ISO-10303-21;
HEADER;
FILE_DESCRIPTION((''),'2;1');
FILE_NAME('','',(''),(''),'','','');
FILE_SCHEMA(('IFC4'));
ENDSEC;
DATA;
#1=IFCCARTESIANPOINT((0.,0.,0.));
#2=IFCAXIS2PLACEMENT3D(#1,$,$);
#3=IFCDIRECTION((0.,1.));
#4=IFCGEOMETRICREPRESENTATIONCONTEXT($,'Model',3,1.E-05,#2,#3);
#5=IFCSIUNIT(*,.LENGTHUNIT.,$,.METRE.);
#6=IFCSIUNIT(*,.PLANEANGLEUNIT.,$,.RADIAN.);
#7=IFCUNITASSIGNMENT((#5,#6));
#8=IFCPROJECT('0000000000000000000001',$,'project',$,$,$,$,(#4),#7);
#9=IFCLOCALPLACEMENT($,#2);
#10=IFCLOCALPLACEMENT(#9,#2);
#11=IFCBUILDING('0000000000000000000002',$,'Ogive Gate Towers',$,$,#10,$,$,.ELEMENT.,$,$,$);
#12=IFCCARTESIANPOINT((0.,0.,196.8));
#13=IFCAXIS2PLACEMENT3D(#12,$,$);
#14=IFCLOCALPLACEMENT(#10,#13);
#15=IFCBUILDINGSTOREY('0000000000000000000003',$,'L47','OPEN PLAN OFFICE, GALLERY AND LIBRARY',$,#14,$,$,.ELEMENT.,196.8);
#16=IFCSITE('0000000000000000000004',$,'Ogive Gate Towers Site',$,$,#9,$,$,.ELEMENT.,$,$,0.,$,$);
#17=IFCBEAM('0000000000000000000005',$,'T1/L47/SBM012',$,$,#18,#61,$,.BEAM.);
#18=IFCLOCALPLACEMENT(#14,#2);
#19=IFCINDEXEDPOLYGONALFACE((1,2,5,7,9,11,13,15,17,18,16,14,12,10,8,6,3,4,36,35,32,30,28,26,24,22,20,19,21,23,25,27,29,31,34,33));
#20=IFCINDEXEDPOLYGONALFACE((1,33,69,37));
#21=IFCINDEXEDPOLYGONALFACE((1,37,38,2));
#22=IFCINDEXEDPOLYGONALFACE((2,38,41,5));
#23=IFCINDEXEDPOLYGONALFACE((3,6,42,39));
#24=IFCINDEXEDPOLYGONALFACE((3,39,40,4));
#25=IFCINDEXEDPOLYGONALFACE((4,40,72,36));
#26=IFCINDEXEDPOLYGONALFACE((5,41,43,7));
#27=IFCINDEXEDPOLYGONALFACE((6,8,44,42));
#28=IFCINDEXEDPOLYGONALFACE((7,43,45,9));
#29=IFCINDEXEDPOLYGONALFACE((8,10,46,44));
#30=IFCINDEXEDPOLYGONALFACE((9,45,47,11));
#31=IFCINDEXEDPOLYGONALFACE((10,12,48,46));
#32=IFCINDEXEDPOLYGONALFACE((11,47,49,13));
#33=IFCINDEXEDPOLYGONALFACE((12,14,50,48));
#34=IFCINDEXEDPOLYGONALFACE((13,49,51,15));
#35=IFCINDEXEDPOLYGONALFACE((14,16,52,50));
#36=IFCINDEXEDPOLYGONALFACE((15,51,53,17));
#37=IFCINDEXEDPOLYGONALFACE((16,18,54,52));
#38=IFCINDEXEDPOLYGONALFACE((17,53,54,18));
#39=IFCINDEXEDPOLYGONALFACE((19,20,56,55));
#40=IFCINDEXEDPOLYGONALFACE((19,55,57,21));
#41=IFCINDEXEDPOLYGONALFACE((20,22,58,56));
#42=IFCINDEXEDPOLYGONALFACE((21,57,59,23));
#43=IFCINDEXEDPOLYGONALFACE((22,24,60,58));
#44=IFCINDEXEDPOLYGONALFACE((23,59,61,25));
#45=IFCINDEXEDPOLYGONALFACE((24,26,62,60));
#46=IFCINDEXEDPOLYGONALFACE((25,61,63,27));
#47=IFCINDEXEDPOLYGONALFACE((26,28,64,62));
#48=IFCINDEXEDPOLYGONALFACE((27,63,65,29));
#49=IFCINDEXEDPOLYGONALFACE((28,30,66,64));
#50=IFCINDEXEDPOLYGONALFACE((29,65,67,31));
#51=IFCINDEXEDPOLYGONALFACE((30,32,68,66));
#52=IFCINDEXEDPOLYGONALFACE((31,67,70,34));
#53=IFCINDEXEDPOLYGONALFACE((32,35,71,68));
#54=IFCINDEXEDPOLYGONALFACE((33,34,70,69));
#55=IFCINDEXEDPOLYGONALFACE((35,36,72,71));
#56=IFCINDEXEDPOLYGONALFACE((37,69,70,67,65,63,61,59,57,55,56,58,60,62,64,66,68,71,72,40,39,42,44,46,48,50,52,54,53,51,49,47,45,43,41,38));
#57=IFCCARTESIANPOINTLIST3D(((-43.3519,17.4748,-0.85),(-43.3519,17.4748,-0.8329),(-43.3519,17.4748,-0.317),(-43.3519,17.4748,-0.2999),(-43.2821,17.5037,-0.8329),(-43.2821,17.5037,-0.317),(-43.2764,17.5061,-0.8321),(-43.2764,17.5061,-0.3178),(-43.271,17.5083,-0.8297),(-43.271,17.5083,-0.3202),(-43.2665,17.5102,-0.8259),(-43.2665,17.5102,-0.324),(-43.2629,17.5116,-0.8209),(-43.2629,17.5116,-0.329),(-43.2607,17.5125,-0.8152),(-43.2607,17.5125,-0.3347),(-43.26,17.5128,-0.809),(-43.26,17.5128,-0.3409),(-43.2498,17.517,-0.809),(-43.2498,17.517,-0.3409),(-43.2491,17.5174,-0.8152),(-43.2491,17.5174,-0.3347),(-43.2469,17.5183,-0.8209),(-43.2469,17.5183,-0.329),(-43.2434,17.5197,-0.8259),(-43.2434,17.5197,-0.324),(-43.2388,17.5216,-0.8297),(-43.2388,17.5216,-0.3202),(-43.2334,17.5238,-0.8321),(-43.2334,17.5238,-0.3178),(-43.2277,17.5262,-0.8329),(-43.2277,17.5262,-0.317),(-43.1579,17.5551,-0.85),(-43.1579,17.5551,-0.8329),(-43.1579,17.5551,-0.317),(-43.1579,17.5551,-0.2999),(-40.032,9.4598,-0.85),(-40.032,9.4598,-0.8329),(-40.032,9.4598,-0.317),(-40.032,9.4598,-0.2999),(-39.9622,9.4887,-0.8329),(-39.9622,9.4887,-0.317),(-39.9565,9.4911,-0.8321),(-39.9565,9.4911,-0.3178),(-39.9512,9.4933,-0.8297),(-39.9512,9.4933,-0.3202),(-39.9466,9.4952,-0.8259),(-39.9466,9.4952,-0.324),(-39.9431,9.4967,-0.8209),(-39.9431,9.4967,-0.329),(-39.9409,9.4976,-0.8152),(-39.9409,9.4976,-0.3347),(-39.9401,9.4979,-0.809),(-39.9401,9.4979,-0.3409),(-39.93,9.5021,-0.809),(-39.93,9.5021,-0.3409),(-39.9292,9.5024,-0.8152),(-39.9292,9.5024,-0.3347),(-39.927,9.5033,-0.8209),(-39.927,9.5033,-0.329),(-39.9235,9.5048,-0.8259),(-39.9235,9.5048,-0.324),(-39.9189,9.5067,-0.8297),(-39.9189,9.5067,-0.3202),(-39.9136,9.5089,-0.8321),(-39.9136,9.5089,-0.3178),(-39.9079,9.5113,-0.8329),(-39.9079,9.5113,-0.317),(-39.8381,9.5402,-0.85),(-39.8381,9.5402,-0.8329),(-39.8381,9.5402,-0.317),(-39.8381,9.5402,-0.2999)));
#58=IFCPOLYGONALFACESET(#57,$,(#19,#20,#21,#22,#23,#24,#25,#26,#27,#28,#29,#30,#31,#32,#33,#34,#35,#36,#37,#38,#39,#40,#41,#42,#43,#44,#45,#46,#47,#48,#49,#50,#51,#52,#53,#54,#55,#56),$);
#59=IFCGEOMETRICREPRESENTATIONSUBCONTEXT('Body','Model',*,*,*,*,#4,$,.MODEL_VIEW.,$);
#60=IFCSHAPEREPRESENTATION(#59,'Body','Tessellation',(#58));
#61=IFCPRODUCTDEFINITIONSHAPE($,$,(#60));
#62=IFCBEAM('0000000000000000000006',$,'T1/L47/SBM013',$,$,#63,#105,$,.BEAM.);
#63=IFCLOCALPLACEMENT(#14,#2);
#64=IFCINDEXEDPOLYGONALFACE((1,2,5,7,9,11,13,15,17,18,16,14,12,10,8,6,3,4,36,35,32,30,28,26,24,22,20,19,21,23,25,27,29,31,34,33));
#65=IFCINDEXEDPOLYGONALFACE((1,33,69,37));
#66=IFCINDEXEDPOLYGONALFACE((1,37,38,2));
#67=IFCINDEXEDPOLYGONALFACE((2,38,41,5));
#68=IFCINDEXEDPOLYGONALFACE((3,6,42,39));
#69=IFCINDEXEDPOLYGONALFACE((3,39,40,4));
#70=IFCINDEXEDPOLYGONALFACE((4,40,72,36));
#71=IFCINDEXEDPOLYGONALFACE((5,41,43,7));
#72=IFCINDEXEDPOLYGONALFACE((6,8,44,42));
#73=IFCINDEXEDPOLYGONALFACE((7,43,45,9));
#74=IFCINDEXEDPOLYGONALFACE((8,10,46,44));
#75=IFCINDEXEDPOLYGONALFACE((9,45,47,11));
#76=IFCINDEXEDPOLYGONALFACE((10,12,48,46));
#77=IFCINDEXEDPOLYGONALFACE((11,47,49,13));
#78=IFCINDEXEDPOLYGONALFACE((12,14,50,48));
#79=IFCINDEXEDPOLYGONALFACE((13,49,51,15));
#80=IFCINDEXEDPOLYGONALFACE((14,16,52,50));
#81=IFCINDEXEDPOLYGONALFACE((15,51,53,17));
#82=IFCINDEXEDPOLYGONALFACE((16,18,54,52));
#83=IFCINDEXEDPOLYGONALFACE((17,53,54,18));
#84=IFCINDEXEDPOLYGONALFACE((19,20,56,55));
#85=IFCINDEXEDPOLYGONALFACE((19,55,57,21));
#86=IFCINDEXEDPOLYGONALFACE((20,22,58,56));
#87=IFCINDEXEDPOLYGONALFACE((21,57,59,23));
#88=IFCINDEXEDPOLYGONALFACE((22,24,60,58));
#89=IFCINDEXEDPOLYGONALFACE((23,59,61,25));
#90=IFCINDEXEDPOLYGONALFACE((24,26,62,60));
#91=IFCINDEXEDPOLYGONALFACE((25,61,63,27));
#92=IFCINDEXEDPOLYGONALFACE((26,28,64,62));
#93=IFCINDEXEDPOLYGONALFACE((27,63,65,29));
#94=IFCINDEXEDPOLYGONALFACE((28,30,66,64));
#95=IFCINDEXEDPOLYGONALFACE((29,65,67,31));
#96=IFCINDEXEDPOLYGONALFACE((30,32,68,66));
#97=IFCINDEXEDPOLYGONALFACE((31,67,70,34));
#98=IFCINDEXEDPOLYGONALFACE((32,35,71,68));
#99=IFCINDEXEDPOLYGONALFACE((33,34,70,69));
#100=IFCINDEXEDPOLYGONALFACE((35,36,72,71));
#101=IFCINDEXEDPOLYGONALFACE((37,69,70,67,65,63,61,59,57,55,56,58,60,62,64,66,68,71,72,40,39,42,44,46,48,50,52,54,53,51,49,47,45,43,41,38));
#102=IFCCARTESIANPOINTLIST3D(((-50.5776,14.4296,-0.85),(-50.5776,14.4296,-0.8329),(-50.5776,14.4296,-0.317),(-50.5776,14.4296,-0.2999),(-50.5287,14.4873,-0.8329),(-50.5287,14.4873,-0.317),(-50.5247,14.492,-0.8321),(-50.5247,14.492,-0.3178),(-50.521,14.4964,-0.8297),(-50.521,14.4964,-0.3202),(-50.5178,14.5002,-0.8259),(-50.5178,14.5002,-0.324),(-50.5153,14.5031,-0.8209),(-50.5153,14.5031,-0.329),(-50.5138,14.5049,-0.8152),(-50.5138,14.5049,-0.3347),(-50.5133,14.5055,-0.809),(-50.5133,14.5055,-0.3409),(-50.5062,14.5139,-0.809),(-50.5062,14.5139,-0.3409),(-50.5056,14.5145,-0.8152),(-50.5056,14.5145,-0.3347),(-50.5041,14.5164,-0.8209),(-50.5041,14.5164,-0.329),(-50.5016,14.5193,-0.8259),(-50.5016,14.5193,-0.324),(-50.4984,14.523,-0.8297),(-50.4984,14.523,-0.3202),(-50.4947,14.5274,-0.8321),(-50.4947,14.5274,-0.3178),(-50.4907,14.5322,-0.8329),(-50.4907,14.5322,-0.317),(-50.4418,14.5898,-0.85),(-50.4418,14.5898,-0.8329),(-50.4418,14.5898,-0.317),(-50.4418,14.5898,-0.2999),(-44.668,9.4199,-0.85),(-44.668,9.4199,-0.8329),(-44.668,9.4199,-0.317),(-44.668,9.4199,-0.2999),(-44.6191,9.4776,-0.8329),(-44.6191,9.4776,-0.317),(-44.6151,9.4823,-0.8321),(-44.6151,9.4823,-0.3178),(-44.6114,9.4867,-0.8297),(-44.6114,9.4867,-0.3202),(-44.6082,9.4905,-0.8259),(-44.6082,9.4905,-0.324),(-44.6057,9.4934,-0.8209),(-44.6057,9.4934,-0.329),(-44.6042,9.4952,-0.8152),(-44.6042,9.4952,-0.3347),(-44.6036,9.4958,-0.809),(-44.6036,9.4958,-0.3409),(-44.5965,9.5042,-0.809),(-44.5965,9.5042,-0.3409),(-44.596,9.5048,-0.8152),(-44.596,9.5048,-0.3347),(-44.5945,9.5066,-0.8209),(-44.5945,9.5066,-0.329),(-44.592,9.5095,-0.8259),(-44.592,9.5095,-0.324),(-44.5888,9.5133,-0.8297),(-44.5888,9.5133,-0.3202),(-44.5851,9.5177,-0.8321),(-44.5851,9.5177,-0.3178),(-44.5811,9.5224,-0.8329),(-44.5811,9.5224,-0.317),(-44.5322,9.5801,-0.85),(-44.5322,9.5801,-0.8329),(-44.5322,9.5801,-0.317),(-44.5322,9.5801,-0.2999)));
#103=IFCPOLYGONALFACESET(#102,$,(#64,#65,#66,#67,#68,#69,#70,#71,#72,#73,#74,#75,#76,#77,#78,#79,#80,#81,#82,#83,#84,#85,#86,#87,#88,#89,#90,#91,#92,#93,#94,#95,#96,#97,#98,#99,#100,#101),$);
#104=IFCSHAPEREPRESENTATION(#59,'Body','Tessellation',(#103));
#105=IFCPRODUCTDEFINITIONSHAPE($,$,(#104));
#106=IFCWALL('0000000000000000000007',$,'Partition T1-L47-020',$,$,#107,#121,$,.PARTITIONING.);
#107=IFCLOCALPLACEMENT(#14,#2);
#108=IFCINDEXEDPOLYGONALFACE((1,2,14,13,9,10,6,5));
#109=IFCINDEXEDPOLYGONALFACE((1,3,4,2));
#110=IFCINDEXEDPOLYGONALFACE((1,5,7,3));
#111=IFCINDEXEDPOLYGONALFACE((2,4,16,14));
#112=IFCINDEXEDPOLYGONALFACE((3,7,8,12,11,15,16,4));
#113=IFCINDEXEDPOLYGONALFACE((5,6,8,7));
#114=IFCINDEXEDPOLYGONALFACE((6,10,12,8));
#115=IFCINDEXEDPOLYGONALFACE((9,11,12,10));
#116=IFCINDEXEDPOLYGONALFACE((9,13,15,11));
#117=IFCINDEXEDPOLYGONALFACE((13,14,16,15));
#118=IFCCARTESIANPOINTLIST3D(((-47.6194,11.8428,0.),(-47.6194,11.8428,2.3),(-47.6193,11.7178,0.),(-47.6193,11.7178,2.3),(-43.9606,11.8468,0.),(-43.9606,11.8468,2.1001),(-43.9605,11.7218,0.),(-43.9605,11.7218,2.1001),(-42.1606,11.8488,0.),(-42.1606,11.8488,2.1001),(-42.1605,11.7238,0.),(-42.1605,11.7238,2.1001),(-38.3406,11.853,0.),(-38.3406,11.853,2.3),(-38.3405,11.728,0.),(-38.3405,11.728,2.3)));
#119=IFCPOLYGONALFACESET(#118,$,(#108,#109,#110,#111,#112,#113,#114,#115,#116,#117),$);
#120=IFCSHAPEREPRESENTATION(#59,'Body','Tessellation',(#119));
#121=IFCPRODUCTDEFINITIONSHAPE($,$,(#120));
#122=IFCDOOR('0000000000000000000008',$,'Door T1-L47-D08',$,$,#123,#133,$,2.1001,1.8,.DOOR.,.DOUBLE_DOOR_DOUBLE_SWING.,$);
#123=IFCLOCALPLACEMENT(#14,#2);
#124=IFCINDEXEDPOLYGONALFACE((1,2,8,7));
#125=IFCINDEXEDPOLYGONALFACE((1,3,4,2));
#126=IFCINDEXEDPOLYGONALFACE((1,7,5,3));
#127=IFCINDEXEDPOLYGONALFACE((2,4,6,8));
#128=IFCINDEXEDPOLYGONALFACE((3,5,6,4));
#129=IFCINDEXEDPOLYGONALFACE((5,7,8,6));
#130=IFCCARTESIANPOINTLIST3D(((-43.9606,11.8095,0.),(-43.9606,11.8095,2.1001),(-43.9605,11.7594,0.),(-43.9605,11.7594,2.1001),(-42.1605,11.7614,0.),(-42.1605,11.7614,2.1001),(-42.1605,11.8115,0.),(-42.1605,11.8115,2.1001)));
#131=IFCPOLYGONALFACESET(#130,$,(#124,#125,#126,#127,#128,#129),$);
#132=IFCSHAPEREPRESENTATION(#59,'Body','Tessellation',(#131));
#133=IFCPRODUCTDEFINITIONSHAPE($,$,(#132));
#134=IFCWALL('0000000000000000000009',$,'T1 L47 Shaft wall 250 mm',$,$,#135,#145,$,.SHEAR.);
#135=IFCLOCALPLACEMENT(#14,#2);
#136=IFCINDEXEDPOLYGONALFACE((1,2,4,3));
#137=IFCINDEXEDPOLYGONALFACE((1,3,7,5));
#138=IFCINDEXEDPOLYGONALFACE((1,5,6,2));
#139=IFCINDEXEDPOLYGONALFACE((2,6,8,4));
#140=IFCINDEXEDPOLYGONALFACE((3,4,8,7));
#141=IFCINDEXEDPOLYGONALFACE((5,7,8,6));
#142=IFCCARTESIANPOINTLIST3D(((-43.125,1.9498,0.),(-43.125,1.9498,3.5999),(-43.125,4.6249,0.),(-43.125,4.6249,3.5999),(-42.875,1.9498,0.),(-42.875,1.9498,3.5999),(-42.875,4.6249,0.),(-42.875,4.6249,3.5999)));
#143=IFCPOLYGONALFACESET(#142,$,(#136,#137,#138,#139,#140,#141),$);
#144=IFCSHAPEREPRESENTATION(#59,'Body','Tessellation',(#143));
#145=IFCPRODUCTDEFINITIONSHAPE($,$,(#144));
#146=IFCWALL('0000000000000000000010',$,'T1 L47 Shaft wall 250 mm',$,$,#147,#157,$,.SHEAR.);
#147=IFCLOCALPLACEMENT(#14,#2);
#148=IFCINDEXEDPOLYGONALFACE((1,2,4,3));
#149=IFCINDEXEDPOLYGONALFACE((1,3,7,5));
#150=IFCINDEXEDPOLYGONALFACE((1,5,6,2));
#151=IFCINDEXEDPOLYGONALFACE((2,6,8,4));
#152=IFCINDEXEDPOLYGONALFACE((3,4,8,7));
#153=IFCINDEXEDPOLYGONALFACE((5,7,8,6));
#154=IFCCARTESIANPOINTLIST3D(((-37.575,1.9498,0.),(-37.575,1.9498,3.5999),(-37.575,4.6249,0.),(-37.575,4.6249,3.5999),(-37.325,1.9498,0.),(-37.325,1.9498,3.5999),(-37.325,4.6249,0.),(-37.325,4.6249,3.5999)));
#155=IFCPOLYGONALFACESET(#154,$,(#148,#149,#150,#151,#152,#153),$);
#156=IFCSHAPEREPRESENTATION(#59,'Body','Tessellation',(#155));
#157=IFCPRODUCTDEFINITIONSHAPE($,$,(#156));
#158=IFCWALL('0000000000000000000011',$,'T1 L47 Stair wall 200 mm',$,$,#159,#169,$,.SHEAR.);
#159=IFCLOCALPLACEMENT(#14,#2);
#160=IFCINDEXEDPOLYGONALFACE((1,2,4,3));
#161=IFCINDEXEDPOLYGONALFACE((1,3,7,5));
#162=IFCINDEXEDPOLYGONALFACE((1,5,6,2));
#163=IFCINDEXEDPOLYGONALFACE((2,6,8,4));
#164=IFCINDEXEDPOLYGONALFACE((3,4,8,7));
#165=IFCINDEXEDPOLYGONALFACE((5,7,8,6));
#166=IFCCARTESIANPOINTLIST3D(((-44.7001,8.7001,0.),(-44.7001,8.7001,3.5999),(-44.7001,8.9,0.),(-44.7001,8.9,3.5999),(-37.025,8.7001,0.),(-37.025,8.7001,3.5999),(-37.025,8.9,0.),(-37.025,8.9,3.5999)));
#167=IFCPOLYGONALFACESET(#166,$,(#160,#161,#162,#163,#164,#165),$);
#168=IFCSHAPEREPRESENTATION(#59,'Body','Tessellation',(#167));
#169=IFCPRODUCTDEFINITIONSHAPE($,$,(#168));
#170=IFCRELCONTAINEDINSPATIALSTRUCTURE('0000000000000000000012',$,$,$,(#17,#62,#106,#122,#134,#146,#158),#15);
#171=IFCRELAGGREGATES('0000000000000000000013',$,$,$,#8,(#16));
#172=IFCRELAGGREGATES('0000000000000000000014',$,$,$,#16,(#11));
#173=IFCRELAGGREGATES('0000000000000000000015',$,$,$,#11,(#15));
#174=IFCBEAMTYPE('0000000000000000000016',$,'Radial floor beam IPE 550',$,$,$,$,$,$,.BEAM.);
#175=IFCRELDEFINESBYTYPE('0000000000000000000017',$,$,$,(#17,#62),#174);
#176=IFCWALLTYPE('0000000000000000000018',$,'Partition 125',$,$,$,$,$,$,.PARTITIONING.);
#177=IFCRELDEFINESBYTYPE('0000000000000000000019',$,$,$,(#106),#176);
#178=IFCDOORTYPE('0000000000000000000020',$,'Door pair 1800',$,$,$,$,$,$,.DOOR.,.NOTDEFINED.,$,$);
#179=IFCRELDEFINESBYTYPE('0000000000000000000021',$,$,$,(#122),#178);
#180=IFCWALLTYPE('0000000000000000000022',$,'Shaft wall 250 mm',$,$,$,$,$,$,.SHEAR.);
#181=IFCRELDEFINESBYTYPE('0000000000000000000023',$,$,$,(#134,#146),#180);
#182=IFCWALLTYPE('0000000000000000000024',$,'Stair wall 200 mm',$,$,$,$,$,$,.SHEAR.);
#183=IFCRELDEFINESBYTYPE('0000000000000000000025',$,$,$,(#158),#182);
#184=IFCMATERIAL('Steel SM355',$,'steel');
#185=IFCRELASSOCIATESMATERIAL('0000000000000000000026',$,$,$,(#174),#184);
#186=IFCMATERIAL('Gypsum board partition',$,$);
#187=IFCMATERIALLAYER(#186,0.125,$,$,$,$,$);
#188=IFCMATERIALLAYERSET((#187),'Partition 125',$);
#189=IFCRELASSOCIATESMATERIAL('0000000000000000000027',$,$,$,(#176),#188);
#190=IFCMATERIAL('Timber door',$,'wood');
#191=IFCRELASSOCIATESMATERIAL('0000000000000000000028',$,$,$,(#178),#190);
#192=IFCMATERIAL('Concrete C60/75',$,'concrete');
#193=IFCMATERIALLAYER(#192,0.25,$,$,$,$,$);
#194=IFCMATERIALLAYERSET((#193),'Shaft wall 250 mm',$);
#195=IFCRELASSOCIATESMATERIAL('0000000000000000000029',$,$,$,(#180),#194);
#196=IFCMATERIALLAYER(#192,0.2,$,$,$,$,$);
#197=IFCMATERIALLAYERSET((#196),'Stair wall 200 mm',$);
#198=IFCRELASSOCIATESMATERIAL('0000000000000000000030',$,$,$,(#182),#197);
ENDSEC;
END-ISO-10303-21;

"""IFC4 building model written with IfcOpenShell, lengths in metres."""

from ifc_helpers import new_model, si_unit, direction, frame, frame_2d, origin, origin_2d, place, context, subcontext, project, spatial, rectangle, i_section, extrude, material, layer, layer_set, material_profile, profile_set, type_object, element, fill, save


model = new_model("IFC4")

# Units and contexts
model_context = context("Model", 3, precision=1e-05, world=origin(), true_north=direction((0.0, 1.0)))
body_context = subcontext(model_context, "Body", "Model", "MODEL_VIEW")
ifc_project = project(units=[si_unit("LENGTHUNIT", "METRE"), si_unit("PLANEANGLEUNIT", "RADIAN")], contexts=[model_context])

# Site, building, storey
site_placement = place(None, origin())
site = spatial("IfcSite", under=ifc_project, at=site_placement, Name="Ogive Gate Towers Site", CompositionType="ELEMENT", RefElevation=0.0)
building_placement = place(site_placement, origin())
building = spatial("IfcBuilding", under=site, at=building_placement, Name="Ogive Gate Towers", CompositionType="ELEMENT")
storey_placement = place(building_placement, frame((0.0, 0.0, 196.8)))
storey = spatial("IfcBuildingStorey", under=building, at=storey_placement, Name="L47", Description="OPEN PLAN OFFICE, GALLERY AND LIBRARY", CompositionType="ELEMENT", Elevation=196.8)

# Beams
ifc_material_1 = material(Name="Steel SM355", Category="steel")
ifc_material_profile = material_profile(ifc_material_1, i_section(OverallWidth=0.21, OverallDepth=0.55, WebThickness=0.011, FlangeThickness=0.0171, FilletRadius=0.0239, at=origin_2d()), Name="IPE 550")
ifc_profile_set = profile_set([ifc_material_profile], Name="Steel SM355")
beam_type = type_object("IfcBeamType", Name="Radial floor beam IPE 550", PredefinedType="BEAM", material=ifc_profile_set)
beam_1_placement = place(storey_placement, frame((-39.9351, 9.5, -0.575), z_axis=(-0.382678, 0.923882, 0.0), x_axis=(-0.923882, -0.382678, 0.0)))
element("IfcBeam", 1, at=beam_1_placement, inside=storey, type_object=beam_type, Name="T1/L47/SBM012", PredefinedType="BEAM", context=body_context, shape_type="SweptSolid", body=[
    extrude(i_section(OverallWidth=0.21, OverallDepth=0.55, WebThickness=0.011, FlangeThickness=0.0171, FilletRadius=0.0239, at=origin_2d()), origin(), (0.0, 0.0, 1.0), 8.6753),
])
beam_2_placement = place(storey_placement, frame((-44.6001, 9.5, -0.575), z_axis=(-0.762795, 0.64664, 0.0), x_axis=(-0.64664, -0.762795, 0.0)))
element("IfcBeam", 2, at=beam_2_placement, inside=storey, type_object=beam_type, Name="T1/L47/SBM013", PredefinedType="BEAM", context=body_context, shape_type="SweptSolid", body=[
    extrude(i_section(OverallWidth=0.21, OverallDepth=0.55, WebThickness=0.011, FlangeThickness=0.0171, FilletRadius=0.0239, at=origin_2d()), origin(), (0.0, 0.0, 1.0), 7.7473),
])

# Wall, opening, door
ifc_material_2 = material(Name="Gypsum board partition")
ifc_layer_1 = layer(ifc_material_2, 0.125)
ifc_layer_set_1 = layer_set([ifc_layer_1], Name="Partition 125")
wall_type_1 = type_object("IfcWallType", Name="Partition 125", PredefinedType="PARTITIONING", material=ifc_layer_set_1)
wall_1_placement = place(storey_placement, frame((-38.3406, 11.7905, 0.0), z_axis=(0.0, 0.0, 1.0), x_axis=(-0.999999, -0.001105, 0.0)))
wall_1 = element("IfcWall", 3, at=wall_1_placement, inside=storey, type_object=wall_type_1, Name="Partition T1-L47-020", PredefinedType="PARTITIONING", context=body_context, shape_type="SweptSolid", body=[
    extrude(rectangle(XDim=9.2788, YDim=0.125, at=frame_2d((4.6394, 0.0))), origin(), (0.0, 0.0, 1.0), 2.3),
])
opening_placement = place(wall_1_placement, frame((3.8201, 0.0, 0.0)))
opening = element("IfcOpeningElement", 4, at=opening_placement, cuts=wall_1, PredefinedType="OPENING", context=body_context, shape_type="SweptSolid", body=[
    extrude(rectangle(XDim=1.8, YDim=2.1001, at=frame_2d((0.8999, 1.05))), frame((0.0, 0.0725, 0.0), z_axis=(0.0, -1.0, 0.0), x_axis=(1.0, 0.0, 0.0)), (0.0, 0.0, 1.0), 0.145),
])
ifc_material_3 = material(Name="Timber door", Category="wood")
door_type = type_object("IfcDoorType", Name="Door pair 1800", OperationType="NOTDEFINED", PredefinedType="DOOR", material=ifc_material_3)
door_placement = place(opening_placement, origin())
door = element("IfcDoor", 5, at=door_placement, inside=storey, type_object=door_type, Name="Door T1-L47-D08", OperationType="DOUBLE_DOOR_DOUBLE_SWING", OverallHeight=2.1001, OverallWidth=1.8, PredefinedType="DOOR", context=body_context, shape_type="SweptSolid", body=[
    extrude(rectangle(XDim=1.8, YDim=2.1001, at=frame_2d((0.8999, 1.05))), frame((0.0, 0.0249, 0.0), z_axis=(0.0, -1.0, 0.0), x_axis=(1.0, 0.0, 0.0)), (0.0, 0.0, 1.0), 0.05),
])
fill(opening, door)

# Walls
ifc_material_4 = material(Name="Concrete C60/75", Category="concrete")
ifc_layer_2 = layer(ifc_material_4, 0.25)
ifc_layer_set_2 = layer_set([ifc_layer_2], Name="Shaft wall 250 mm")
wall_type_2 = type_object("IfcWallType", Name="Shaft wall 250 mm", PredefinedType="SHEAR", material=ifc_layer_set_2)
for number, where, z_axis, x_axis, name in (
    (6, (-43.0, 1.95, 0.0), (0.0, 0.0, 1.0), (0.0, 1.0, 0.0), "T1 L47 Shaft wall 250 mm"),
    (7, (-37.45, 1.95, 0.0), (0.0, 0.0, 1.0), (0.0, 1.0, 0.0), "T1 L47 Shaft wall 250 mm"),
):
    element("IfcWall", number, at=place(storey_placement, frame(where, z_axis=z_axis, x_axis=x_axis)), inside=storey, type_object=wall_type_2, Name=name, PredefinedType="SHEAR", context=body_context, shape_type="SweptSolid", body=[
        extrude(rectangle(XDim=2.675, YDim=0.25, at=frame_2d((1.3374, 0.0))), origin(), (0.0, 0.0, 1.0), 3.5999),
    ])
ifc_layer_3 = layer(ifc_material_4, 0.2)
ifc_layer_set_3 = layer_set([ifc_layer_3], Name="Stair wall 200 mm")
wall_type_3 = type_object("IfcWallType", Name="Stair wall 200 mm", PredefinedType="SHEAR", material=ifc_layer_set_3)
wall_2_placement = place(storey_placement, frame((-44.7, 8.8, 0.0), z_axis=(0.0, 0.0, 1.0), x_axis=(1.0, 0.0, 0.0)))
element("IfcWall", 8, at=wall_2_placement, inside=storey, type_object=wall_type_3, Name="T1 L47 Stair wall 200 mm", PredefinedType="SHEAR", context=body_context, shape_type="SweptSolid", body=[
    extrude(rectangle(XDim=7.675, YDim=0.2, at=frame_2d((3.8374, 0.0))), origin(), (0.0, 0.0, 1.0), 3.5999),
])

save(model, "model.ifc")
